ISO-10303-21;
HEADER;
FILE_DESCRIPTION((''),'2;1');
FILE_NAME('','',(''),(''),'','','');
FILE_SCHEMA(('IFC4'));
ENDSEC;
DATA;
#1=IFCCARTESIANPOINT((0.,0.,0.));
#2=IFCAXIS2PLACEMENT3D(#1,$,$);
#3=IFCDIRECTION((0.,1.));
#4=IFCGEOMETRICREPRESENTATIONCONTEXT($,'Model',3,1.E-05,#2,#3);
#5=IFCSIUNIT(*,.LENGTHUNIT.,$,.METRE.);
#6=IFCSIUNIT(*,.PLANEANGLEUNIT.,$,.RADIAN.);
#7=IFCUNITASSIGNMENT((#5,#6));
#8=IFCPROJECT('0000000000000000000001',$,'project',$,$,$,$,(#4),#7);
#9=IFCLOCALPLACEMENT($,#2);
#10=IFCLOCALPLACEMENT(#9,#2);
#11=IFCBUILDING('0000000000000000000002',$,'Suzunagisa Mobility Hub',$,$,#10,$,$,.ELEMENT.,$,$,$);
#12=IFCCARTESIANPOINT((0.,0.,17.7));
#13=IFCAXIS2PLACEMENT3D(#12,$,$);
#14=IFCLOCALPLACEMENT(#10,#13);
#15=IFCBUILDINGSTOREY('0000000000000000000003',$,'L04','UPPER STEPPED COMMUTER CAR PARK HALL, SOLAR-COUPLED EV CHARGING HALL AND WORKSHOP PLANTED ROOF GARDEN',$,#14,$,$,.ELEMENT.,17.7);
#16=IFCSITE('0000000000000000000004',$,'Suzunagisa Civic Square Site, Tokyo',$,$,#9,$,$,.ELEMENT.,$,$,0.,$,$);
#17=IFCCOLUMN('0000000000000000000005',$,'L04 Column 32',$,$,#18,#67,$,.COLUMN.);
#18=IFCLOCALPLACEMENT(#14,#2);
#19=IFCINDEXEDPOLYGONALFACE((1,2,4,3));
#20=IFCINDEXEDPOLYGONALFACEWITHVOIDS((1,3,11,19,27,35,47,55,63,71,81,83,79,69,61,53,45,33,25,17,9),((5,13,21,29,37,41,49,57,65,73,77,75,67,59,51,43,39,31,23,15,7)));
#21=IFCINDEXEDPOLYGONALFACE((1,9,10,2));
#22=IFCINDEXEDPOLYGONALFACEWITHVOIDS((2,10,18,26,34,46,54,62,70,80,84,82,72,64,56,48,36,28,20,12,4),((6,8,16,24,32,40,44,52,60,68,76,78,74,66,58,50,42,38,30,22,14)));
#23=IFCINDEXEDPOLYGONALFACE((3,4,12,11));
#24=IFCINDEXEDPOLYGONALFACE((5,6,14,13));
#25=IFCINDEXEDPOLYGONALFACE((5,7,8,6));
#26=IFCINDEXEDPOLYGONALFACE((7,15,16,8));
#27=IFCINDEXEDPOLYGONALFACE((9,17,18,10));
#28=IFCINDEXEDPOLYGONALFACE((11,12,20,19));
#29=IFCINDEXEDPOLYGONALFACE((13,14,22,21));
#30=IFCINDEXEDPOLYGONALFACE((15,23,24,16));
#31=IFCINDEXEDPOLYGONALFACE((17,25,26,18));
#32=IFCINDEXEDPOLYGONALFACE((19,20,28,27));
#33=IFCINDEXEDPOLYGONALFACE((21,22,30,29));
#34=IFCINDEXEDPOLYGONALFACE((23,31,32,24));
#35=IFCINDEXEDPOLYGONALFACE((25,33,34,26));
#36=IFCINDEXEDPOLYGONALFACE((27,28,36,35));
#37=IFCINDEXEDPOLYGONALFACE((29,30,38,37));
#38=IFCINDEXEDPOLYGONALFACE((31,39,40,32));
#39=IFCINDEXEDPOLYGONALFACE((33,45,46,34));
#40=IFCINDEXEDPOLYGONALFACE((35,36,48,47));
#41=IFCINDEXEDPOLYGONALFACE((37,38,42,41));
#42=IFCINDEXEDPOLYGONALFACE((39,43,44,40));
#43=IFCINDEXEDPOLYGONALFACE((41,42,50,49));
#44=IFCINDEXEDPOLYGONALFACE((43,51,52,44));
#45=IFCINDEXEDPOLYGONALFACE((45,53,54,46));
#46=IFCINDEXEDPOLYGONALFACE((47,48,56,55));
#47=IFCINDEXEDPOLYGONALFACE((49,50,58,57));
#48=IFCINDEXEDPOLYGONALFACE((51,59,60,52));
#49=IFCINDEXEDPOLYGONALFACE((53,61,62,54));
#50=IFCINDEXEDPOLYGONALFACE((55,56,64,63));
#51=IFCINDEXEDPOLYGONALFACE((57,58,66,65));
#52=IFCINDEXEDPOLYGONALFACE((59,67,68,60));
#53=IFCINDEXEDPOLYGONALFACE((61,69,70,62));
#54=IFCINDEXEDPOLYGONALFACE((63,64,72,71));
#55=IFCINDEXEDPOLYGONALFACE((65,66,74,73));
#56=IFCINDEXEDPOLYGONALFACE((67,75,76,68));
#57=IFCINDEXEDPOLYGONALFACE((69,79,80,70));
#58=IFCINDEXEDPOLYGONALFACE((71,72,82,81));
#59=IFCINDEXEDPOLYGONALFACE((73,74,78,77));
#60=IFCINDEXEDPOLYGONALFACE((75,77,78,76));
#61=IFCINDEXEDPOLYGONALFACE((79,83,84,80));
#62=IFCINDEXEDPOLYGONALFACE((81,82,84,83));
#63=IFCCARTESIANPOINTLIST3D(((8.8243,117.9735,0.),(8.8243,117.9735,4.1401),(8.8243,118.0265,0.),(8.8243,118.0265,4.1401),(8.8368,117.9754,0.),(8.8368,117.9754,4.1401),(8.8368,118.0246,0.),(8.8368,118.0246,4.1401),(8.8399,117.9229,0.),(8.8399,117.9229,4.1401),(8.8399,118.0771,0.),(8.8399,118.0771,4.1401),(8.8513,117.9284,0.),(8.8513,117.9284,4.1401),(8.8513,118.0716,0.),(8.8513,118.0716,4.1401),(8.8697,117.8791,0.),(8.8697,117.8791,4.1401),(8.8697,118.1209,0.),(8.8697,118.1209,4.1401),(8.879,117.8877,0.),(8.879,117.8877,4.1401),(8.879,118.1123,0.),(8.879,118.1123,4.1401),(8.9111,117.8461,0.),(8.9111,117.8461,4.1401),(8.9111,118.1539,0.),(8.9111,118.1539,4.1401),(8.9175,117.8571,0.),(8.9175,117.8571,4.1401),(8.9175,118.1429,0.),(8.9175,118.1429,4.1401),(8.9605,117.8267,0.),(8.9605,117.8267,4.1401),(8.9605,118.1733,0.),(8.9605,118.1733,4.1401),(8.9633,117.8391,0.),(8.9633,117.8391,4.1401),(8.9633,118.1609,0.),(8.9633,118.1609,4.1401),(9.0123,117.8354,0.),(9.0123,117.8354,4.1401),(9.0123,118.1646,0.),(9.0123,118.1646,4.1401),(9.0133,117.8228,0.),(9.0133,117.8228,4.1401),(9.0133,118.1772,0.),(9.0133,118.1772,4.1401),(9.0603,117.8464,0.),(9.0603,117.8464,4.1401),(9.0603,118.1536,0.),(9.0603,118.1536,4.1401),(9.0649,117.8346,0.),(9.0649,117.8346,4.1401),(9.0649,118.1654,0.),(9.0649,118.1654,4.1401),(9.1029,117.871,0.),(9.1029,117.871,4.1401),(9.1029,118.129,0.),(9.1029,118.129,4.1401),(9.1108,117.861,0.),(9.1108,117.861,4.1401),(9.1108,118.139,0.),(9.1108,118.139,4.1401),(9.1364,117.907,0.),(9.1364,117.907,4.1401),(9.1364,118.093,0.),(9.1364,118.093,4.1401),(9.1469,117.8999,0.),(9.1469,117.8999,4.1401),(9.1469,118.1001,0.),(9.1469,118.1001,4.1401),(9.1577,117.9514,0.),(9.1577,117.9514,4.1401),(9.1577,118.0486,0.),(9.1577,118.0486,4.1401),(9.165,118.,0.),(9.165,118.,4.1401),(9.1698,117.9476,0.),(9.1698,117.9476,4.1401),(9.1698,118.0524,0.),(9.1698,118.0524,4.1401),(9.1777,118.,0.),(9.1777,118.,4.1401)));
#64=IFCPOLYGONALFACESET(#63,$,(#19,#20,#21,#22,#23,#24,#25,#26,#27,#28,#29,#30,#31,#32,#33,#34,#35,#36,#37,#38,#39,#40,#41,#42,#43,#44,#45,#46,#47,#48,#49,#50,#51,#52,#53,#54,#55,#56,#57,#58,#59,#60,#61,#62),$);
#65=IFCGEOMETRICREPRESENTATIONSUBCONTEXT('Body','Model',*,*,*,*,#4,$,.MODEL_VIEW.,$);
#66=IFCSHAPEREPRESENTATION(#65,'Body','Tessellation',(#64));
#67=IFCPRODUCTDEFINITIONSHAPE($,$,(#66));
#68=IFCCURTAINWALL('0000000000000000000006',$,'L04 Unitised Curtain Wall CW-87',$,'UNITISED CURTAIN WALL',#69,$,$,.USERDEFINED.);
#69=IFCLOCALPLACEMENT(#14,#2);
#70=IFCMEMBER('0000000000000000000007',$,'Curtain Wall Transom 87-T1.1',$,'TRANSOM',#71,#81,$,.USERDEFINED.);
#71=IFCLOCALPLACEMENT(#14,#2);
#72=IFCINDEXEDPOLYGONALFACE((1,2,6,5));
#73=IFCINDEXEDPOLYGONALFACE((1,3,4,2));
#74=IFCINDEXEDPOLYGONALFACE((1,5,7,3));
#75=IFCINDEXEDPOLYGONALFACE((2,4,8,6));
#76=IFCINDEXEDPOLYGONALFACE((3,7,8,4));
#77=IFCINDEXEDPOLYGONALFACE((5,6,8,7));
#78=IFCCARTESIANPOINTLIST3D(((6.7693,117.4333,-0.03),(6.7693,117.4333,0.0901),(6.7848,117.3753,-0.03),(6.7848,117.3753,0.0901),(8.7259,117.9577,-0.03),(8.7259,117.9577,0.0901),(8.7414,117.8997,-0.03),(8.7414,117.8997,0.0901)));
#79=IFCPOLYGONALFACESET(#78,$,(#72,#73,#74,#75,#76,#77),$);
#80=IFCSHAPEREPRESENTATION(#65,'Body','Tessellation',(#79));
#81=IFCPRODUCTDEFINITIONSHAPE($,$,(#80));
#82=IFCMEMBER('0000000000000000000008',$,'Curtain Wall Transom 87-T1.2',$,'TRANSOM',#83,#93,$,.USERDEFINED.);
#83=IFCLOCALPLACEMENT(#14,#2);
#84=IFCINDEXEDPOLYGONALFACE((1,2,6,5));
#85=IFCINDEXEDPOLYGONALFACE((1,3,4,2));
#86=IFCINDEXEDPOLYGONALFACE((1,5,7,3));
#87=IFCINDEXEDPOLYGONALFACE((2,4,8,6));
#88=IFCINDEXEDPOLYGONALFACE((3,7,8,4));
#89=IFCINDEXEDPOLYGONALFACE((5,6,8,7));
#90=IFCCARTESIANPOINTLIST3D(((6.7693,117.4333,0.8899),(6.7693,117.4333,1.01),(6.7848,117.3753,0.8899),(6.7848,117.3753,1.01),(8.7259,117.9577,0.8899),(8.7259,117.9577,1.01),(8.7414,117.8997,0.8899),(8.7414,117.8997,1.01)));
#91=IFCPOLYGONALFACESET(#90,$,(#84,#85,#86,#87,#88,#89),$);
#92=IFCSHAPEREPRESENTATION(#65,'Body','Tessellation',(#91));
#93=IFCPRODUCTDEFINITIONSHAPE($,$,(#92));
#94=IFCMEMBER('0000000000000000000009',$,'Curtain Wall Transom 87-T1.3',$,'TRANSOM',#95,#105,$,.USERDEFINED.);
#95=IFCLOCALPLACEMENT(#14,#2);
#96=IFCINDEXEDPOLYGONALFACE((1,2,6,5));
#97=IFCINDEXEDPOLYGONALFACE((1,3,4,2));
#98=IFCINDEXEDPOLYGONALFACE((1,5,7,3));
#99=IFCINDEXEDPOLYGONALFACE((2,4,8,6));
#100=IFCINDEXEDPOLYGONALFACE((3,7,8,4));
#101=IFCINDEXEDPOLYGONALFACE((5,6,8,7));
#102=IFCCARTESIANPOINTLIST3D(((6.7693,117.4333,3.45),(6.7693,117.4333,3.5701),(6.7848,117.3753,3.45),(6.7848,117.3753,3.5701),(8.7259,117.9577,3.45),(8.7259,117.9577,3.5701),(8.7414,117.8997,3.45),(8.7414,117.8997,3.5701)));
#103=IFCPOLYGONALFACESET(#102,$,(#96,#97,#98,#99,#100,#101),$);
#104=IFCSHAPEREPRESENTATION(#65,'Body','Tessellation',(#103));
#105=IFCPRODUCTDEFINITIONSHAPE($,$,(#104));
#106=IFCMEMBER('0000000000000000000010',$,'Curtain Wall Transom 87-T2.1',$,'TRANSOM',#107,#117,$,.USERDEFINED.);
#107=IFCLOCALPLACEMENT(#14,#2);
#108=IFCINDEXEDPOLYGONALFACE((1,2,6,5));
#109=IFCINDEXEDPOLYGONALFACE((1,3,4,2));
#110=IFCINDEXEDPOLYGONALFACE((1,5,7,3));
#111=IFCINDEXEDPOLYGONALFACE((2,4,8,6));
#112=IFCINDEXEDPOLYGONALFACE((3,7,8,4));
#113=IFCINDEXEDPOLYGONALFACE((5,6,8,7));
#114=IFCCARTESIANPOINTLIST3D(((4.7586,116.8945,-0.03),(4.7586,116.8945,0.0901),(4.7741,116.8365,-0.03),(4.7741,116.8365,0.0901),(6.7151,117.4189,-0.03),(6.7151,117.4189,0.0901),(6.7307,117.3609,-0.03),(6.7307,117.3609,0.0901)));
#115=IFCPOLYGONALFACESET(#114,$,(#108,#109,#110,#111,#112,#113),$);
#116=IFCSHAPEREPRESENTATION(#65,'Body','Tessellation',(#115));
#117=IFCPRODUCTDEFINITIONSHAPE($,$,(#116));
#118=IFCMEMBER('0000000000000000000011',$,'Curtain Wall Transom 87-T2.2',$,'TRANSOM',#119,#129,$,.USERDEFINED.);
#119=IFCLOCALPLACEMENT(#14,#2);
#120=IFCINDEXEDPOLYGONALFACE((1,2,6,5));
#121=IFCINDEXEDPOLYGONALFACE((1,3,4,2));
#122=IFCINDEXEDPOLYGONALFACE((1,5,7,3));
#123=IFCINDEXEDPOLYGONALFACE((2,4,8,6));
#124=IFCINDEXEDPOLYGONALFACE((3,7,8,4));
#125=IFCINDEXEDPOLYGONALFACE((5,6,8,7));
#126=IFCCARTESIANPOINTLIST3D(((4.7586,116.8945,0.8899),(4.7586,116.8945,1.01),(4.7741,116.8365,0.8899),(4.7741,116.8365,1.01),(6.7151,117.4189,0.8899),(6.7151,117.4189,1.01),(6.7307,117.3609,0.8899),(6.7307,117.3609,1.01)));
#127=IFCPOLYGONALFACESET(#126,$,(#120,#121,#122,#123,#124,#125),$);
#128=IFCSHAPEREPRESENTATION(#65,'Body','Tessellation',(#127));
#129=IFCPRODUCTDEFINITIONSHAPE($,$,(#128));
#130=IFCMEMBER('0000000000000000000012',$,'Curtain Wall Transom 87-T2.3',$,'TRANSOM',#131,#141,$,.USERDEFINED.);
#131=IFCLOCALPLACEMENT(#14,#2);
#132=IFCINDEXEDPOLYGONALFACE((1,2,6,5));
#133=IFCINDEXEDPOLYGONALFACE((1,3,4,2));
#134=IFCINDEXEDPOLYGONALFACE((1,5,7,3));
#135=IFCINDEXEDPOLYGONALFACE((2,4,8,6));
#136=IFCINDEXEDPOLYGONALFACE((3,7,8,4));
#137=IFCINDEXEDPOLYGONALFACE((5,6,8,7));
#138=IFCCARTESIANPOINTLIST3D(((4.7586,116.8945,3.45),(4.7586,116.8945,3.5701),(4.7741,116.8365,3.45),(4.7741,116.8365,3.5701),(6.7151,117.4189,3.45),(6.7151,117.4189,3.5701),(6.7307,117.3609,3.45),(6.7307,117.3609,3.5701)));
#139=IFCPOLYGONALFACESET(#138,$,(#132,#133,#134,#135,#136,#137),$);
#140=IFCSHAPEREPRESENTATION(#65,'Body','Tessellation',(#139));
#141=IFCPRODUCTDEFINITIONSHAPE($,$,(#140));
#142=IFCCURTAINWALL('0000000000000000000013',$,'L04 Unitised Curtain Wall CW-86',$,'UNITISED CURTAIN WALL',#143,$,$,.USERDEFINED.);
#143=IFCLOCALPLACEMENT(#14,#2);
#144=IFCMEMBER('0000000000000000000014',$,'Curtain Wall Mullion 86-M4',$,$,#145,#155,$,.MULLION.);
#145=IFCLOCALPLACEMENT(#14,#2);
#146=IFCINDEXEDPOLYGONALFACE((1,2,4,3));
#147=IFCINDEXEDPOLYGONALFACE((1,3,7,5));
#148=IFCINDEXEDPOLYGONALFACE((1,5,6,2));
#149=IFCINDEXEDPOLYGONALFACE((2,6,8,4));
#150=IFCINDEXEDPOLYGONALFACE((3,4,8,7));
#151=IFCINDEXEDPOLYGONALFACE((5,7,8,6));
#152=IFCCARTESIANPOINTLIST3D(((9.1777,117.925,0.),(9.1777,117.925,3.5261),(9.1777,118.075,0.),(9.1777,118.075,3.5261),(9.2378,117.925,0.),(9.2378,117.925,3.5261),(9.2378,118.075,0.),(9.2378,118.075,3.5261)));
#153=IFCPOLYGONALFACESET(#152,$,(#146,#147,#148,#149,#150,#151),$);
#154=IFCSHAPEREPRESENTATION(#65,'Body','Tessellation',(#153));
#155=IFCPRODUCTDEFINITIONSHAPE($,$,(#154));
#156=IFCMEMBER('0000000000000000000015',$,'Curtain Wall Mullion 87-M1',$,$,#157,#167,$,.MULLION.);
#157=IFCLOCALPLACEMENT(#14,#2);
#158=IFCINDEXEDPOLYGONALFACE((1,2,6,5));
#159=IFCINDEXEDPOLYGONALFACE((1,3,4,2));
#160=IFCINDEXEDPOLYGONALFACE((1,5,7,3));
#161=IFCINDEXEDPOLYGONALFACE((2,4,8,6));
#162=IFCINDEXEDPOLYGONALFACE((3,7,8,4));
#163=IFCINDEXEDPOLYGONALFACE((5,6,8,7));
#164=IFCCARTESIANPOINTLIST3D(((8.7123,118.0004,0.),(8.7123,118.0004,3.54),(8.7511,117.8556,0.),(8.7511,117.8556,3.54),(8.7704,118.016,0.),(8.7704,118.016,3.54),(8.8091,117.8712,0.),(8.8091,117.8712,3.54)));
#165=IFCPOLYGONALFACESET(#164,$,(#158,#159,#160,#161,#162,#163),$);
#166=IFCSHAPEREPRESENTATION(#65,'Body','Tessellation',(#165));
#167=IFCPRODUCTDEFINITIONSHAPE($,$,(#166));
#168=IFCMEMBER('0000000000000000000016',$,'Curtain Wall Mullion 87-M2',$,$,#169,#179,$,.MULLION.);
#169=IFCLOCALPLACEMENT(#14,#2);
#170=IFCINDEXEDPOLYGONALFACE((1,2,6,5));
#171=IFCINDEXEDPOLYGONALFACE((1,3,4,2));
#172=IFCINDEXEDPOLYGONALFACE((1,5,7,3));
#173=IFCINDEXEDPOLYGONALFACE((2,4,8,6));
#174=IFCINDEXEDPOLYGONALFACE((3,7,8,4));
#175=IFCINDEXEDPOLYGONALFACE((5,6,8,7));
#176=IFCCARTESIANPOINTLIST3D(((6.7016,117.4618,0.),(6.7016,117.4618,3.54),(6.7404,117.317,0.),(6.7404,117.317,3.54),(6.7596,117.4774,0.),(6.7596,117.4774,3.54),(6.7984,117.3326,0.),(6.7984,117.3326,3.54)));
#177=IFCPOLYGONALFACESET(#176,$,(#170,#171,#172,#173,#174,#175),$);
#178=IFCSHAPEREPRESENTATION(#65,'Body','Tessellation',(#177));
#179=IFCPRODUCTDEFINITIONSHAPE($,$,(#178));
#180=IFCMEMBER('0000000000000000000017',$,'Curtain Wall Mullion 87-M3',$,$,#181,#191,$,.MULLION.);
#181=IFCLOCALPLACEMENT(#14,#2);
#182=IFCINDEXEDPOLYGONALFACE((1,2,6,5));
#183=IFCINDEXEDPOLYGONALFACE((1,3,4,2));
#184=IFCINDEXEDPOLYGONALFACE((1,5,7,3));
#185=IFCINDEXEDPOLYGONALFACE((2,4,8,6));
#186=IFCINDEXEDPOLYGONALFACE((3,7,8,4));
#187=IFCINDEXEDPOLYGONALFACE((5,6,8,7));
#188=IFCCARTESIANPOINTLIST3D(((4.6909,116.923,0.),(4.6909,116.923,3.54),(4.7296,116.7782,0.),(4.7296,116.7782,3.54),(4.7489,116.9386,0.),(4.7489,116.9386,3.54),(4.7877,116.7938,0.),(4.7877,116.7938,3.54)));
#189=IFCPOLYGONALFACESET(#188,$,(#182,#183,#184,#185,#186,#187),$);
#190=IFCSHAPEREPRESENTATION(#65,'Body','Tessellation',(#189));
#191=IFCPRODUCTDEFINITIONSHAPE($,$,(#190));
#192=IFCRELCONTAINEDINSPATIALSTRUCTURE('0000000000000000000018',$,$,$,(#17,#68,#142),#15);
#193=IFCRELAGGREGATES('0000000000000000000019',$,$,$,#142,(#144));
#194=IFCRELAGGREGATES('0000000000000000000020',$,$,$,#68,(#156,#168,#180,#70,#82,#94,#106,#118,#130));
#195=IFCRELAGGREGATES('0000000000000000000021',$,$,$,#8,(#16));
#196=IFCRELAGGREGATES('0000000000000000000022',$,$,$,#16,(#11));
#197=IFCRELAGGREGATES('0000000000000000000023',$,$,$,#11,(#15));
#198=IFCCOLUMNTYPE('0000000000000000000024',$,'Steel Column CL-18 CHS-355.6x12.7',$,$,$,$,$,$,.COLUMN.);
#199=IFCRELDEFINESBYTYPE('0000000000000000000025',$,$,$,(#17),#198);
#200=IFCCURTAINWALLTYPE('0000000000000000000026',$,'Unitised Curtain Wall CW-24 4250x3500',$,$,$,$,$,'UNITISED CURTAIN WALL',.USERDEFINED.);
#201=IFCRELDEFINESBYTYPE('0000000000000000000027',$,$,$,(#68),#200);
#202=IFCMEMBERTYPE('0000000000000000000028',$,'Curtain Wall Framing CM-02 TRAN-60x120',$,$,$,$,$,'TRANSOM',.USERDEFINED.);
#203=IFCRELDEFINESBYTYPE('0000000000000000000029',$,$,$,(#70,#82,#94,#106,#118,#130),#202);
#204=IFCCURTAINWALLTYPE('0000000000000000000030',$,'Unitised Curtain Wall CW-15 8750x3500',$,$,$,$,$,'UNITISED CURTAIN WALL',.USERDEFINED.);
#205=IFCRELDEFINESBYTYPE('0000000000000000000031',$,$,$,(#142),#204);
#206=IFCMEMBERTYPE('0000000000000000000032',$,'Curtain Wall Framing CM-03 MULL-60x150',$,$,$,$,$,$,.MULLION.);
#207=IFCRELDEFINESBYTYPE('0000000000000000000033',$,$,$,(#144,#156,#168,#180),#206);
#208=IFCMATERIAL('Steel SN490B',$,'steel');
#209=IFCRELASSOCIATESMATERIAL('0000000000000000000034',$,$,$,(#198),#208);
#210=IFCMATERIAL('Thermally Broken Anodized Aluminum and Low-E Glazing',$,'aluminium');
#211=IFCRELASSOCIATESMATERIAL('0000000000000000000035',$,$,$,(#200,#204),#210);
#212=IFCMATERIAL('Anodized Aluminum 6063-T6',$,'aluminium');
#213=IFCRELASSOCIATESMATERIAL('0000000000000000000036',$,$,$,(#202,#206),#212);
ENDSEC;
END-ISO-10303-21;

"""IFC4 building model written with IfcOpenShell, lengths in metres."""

from ifc_helpers import new_model, si_unit, direction, frame, origin, origin_2d, place, context, subcontext, project, spatial, rectangle, hollow_circle, extrude, material, material_profile, profile_set, type_object, element, aggregate, save


model = new_model("IFC4")

# Units and contexts
model_context = context("Model", 3, precision=1e-05, world=origin(), true_north=direction((0.0, 1.0)))
body_context = subcontext(model_context, "Body", "Model", "MODEL_VIEW")
ifc_project = project(units=[si_unit("LENGTHUNIT", "METRE"), si_unit("PLANEANGLEUNIT", "RADIAN")], contexts=[model_context])

# Site, building, storey
site_placement = place(None, origin())
site = spatial("IfcSite", under=ifc_project, at=site_placement, Name="Suzunagisa Civic Square Site, Tokyo", CompositionType="ELEMENT", RefElevation=0.0)
building_placement = place(site_placement, origin())
building = spatial("IfcBuilding", under=site, at=building_placement, Name="Suzunagisa Mobility Hub", CompositionType="ELEMENT")
storey_placement = place(building_placement, frame((0.0, 0.0, 17.7)))
storey = spatial("IfcBuildingStorey", under=building, at=storey_placement, Name="L04", Description="UPPER STEPPED COMMUTER CAR PARK HALL, SOLAR-COUPLED EV CHARGING HALL AND WORKSHOP PLANTED ROOF GARDEN", CompositionType="ELEMENT", Elevation=17.7)

# Column
ifc_material_1 = material(Name="Steel SN490B", Category="steel")
ifc_material_profile_1 = material_profile(ifc_material_1, hollow_circle(Radius=0.1777, WallThickness=0.0127, at=origin_2d()), Name="CHS-355.6x12.7")
ifc_profile_set_1 = profile_set([ifc_material_profile_1], Name="Steel SN490B")
column_type = type_object("IfcColumnType", Name="Steel Column CL-18 CHS-355.6x12.7", PredefinedType="COLUMN", material=ifc_profile_set_1)
for number, where, z_axis, x_axis, name in (
    (1, (9.0, 118.0, 0.0), (0.0, 0.0, 1.0), (1.0, 0.0, 0.0), "L04 Column 32"),
):
    element("IfcColumn", number, at=place(storey_placement, frame(where, z_axis=z_axis, x_axis=x_axis)), inside=storey, type_object=column_type, Name=name, PredefinedType="COLUMN", context=body_context, shape_type="SweptSolid", body=[
        extrude(hollow_circle(Radius=0.1777, WallThickness=0.0127, at=origin_2d()), origin(), (0.0, 0.0, 1.0), 4.1401),
    ])

# Curtain wall, members
ifc_material_2 = material(Name="Thermally Broken Anodized Aluminum and Low-E Glazing", Category="aluminium")
curtain_wall_type_1 = type_object("IfcCurtainWallType", Name="Unitised Curtain Wall CW-24 4250x3500", ElementType="UNITISED CURTAIN WALL", PredefinedType="USERDEFINED", material=ifc_material_2)
curtain_wall_1_placement = place(storey_placement, origin())
curtain_wall_1 = element("IfcCurtainWall", 2, at=curtain_wall_1_placement, inside=storey, type_object=curtain_wall_type_1, Name="L04 Unitised Curtain Wall CW-87", ObjectType="UNITISED CURTAIN WALL", PredefinedType="USERDEFINED")
ifc_material_3 = material(Name="Anodized Aluminum 6063-T6", Category="aluminium")
ifc_material_profile_2 = material_profile(ifc_material_3, rectangle(XDim=0.0601, YDim=0.1201, at=origin_2d()), Name="TRAN-60x120")
ifc_profile_set_2 = profile_set([ifc_material_profile_2], Name="Anodized Aluminum 6063-T6")
member_type_1 = type_object("IfcMemberType", Name="Curtain Wall Framing CM-02 TRAN-60x120", ElementType="TRANSOM", PredefinedType="USERDEFINED", material=ifc_profile_set_2)
member_1_placement = place(storey_placement, frame((8.7336, 117.9287, 0.03), z_axis=(-0.965906, -0.258893, 0.0), x_axis=(0.258893, -0.965906, 0.0)))
member_1 = element("IfcMember", 3, at=member_1_placement, type_object=member_type_1, Name="Curtain Wall Transom 87-T1.1", ObjectType="TRANSOM", PredefinedType="USERDEFINED", context=body_context, shape_type="SweptSolid", body=[
    extrude(rectangle(XDim=0.0601, YDim=0.1201, at=origin_2d()), origin(), (0.0, 0.0, 1.0), 2.0256),
])
member_2_placement = place(storey_placement, frame((8.7336, 117.9287, 0.95), z_axis=(-0.965906, -0.258893, 0.0), x_axis=(0.258893, -0.965906, 0.0)))
member_2 = element("IfcMember", 4, at=member_2_placement, type_object=member_type_1, Name="Curtain Wall Transom 87-T1.2", ObjectType="TRANSOM", PredefinedType="USERDEFINED", context=body_context, shape_type="SweptSolid", body=[
    extrude(rectangle(XDim=0.0601, YDim=0.1201, at=origin_2d()), origin(), (0.0, 0.0, 1.0), 2.0256),
])
member_3_placement = place(storey_placement, frame((8.7336, 117.9287, 3.51), z_axis=(-0.965906, -0.258893, 0.0), x_axis=(0.258893, -0.965906, 0.0)))
member_3 = element("IfcMember", 5, at=member_3_placement, type_object=member_type_1, Name="Curtain Wall Transom 87-T1.3", ObjectType="TRANSOM", PredefinedType="USERDEFINED", context=body_context, shape_type="SweptSolid", body=[
    extrude(rectangle(XDim=0.0601, YDim=0.1201, at=origin_2d()), origin(), (0.0, 0.0, 1.0), 2.0256),
])
member_4_placement = place(storey_placement, frame((6.7229, 117.3899, 0.03), z_axis=(-0.965906, -0.258893, 0.0), x_axis=(0.258893, -0.965906, 0.0)))
member_4 = element("IfcMember", 6, at=member_4_placement, type_object=member_type_1, Name="Curtain Wall Transom 87-T2.1", ObjectType="TRANSOM", PredefinedType="USERDEFINED", context=body_context, shape_type="SweptSolid", body=[
    extrude(rectangle(XDim=0.0601, YDim=0.1201, at=origin_2d()), origin(), (0.0, 0.0, 1.0), 2.0256),
])
member_5_placement = place(storey_placement, frame((6.7229, 117.3899, 0.95), z_axis=(-0.965906, -0.258893, 0.0), x_axis=(0.258893, -0.965906, 0.0)))
member_5 = element("IfcMember", 7, at=member_5_placement, type_object=member_type_1, Name="Curtain Wall Transom 87-T2.2", ObjectType="TRANSOM", PredefinedType="USERDEFINED", context=body_context, shape_type="SweptSolid", body=[
    extrude(rectangle(XDim=0.0601, YDim=0.1201, at=origin_2d()), origin(), (0.0, 0.0, 1.0), 2.0256),
])
member_6_placement = place(storey_placement, frame((6.7229, 117.3899, 3.51), z_axis=(-0.965906, -0.258893, 0.0), x_axis=(0.258893, -0.965906, 0.0)))
member_6 = element("IfcMember", 8, at=member_6_placement, type_object=member_type_1, Name="Curtain Wall Transom 87-T2.3", ObjectType="TRANSOM", PredefinedType="USERDEFINED", context=body_context, shape_type="SweptSolid", body=[
    extrude(rectangle(XDim=0.0601, YDim=0.1201, at=origin_2d()), origin(), (0.0, 0.0, 1.0), 2.0256),
])

# Curtain wall, member
curtain_wall_type_2 = type_object("IfcCurtainWallType", Name="Unitised Curtain Wall CW-15 8750x3500", ElementType="UNITISED CURTAIN WALL", PredefinedType="USERDEFINED", material=ifc_material_2)
curtain_wall_2_placement = place(storey_placement, origin())
curtain_wall_2 = element("IfcCurtainWall", 9, at=curtain_wall_2_placement, inside=storey, type_object=curtain_wall_type_2, Name="L04 Unitised Curtain Wall CW-86", ObjectType="UNITISED CURTAIN WALL", PredefinedType="USERDEFINED")
ifc_material_profile_3 = material_profile(ifc_material_3, rectangle(XDim=0.0601, YDim=0.1499, at=origin_2d()), Name="MULL-60x150")
ifc_profile_set_3 = profile_set([ifc_material_profile_3], Name="Anodized Aluminum 6063-T6")
member_type_2 = type_object("IfcMemberType", Name="Curtain Wall Framing CM-03 MULL-60x150", PredefinedType="MULLION", material=ifc_profile_set_3)
member_7_placement = place(storey_placement, frame((9.2078, 118.0, 0.0), z_axis=(0.0, 0.0, 1.0), x_axis=(-1.0, 0.0, 0.0)))
member_7 = element("IfcMember", 10, at=member_7_placement, type_object=member_type_2, Name="Curtain Wall Mullion 86-M4", PredefinedType="MULLION", context=body_context, shape_type="SweptSolid", body=[
    extrude(rectangle(XDim=0.0601, YDim=0.1499, at=origin_2d()), origin(), (0.0, 0.0, 1.0), 3.5261),
])

# Members
member_8_placement = place(storey_placement, frame((8.7607, 117.9358, 0.0), z_axis=(0.0, 0.0, 1.0), x_axis=(-0.96593, -0.258803, 0.0)))
member_8 = element("IfcMember", 11, at=member_8_placement, type_object=member_type_2, Name="Curtain Wall Mullion 87-M1", PredefinedType="MULLION", context=body_context, shape_type="SweptSolid", body=[
    extrude(rectangle(XDim=0.0601, YDim=0.1499, at=origin_2d()), origin(), (0.0, 0.0, 1.0), 3.54),
])
member_9_placement = place(storey_placement, frame((6.75, 117.3972, 0.0), z_axis=(0.0, 0.0, 1.0), x_axis=(-0.96593, -0.258803, 0.0)))
member_9 = element("IfcMember", 12, at=member_9_placement, type_object=member_type_2, Name="Curtain Wall Mullion 87-M2", PredefinedType="MULLION", context=body_context, shape_type="SweptSolid", body=[
    extrude(rectangle(XDim=0.0601, YDim=0.1499, at=origin_2d()), origin(), (0.0, 0.0, 1.0), 3.54),
])
member_10_placement = place(storey_placement, frame((4.7393, 116.8584, 0.0), z_axis=(0.0, 0.0, 1.0), x_axis=(-0.96593, -0.258803, 0.0)))
member_10 = element("IfcMember", 13, at=member_10_placement, type_object=member_type_2, Name="Curtain Wall Mullion 87-M3", PredefinedType="MULLION", context=body_context, shape_type="SweptSolid", body=[
    extrude(rectangle(XDim=0.0601, YDim=0.1499, at=origin_2d()), origin(), (0.0, 0.0, 1.0), 3.54),
])

aggregate(curtain_wall_2, [member_7])
aggregate(curtain_wall_1, [member_8, member_9, member_10, member_1, member_2, member_3, member_4, member_5, member_6])

save(model, "model.ifc")
